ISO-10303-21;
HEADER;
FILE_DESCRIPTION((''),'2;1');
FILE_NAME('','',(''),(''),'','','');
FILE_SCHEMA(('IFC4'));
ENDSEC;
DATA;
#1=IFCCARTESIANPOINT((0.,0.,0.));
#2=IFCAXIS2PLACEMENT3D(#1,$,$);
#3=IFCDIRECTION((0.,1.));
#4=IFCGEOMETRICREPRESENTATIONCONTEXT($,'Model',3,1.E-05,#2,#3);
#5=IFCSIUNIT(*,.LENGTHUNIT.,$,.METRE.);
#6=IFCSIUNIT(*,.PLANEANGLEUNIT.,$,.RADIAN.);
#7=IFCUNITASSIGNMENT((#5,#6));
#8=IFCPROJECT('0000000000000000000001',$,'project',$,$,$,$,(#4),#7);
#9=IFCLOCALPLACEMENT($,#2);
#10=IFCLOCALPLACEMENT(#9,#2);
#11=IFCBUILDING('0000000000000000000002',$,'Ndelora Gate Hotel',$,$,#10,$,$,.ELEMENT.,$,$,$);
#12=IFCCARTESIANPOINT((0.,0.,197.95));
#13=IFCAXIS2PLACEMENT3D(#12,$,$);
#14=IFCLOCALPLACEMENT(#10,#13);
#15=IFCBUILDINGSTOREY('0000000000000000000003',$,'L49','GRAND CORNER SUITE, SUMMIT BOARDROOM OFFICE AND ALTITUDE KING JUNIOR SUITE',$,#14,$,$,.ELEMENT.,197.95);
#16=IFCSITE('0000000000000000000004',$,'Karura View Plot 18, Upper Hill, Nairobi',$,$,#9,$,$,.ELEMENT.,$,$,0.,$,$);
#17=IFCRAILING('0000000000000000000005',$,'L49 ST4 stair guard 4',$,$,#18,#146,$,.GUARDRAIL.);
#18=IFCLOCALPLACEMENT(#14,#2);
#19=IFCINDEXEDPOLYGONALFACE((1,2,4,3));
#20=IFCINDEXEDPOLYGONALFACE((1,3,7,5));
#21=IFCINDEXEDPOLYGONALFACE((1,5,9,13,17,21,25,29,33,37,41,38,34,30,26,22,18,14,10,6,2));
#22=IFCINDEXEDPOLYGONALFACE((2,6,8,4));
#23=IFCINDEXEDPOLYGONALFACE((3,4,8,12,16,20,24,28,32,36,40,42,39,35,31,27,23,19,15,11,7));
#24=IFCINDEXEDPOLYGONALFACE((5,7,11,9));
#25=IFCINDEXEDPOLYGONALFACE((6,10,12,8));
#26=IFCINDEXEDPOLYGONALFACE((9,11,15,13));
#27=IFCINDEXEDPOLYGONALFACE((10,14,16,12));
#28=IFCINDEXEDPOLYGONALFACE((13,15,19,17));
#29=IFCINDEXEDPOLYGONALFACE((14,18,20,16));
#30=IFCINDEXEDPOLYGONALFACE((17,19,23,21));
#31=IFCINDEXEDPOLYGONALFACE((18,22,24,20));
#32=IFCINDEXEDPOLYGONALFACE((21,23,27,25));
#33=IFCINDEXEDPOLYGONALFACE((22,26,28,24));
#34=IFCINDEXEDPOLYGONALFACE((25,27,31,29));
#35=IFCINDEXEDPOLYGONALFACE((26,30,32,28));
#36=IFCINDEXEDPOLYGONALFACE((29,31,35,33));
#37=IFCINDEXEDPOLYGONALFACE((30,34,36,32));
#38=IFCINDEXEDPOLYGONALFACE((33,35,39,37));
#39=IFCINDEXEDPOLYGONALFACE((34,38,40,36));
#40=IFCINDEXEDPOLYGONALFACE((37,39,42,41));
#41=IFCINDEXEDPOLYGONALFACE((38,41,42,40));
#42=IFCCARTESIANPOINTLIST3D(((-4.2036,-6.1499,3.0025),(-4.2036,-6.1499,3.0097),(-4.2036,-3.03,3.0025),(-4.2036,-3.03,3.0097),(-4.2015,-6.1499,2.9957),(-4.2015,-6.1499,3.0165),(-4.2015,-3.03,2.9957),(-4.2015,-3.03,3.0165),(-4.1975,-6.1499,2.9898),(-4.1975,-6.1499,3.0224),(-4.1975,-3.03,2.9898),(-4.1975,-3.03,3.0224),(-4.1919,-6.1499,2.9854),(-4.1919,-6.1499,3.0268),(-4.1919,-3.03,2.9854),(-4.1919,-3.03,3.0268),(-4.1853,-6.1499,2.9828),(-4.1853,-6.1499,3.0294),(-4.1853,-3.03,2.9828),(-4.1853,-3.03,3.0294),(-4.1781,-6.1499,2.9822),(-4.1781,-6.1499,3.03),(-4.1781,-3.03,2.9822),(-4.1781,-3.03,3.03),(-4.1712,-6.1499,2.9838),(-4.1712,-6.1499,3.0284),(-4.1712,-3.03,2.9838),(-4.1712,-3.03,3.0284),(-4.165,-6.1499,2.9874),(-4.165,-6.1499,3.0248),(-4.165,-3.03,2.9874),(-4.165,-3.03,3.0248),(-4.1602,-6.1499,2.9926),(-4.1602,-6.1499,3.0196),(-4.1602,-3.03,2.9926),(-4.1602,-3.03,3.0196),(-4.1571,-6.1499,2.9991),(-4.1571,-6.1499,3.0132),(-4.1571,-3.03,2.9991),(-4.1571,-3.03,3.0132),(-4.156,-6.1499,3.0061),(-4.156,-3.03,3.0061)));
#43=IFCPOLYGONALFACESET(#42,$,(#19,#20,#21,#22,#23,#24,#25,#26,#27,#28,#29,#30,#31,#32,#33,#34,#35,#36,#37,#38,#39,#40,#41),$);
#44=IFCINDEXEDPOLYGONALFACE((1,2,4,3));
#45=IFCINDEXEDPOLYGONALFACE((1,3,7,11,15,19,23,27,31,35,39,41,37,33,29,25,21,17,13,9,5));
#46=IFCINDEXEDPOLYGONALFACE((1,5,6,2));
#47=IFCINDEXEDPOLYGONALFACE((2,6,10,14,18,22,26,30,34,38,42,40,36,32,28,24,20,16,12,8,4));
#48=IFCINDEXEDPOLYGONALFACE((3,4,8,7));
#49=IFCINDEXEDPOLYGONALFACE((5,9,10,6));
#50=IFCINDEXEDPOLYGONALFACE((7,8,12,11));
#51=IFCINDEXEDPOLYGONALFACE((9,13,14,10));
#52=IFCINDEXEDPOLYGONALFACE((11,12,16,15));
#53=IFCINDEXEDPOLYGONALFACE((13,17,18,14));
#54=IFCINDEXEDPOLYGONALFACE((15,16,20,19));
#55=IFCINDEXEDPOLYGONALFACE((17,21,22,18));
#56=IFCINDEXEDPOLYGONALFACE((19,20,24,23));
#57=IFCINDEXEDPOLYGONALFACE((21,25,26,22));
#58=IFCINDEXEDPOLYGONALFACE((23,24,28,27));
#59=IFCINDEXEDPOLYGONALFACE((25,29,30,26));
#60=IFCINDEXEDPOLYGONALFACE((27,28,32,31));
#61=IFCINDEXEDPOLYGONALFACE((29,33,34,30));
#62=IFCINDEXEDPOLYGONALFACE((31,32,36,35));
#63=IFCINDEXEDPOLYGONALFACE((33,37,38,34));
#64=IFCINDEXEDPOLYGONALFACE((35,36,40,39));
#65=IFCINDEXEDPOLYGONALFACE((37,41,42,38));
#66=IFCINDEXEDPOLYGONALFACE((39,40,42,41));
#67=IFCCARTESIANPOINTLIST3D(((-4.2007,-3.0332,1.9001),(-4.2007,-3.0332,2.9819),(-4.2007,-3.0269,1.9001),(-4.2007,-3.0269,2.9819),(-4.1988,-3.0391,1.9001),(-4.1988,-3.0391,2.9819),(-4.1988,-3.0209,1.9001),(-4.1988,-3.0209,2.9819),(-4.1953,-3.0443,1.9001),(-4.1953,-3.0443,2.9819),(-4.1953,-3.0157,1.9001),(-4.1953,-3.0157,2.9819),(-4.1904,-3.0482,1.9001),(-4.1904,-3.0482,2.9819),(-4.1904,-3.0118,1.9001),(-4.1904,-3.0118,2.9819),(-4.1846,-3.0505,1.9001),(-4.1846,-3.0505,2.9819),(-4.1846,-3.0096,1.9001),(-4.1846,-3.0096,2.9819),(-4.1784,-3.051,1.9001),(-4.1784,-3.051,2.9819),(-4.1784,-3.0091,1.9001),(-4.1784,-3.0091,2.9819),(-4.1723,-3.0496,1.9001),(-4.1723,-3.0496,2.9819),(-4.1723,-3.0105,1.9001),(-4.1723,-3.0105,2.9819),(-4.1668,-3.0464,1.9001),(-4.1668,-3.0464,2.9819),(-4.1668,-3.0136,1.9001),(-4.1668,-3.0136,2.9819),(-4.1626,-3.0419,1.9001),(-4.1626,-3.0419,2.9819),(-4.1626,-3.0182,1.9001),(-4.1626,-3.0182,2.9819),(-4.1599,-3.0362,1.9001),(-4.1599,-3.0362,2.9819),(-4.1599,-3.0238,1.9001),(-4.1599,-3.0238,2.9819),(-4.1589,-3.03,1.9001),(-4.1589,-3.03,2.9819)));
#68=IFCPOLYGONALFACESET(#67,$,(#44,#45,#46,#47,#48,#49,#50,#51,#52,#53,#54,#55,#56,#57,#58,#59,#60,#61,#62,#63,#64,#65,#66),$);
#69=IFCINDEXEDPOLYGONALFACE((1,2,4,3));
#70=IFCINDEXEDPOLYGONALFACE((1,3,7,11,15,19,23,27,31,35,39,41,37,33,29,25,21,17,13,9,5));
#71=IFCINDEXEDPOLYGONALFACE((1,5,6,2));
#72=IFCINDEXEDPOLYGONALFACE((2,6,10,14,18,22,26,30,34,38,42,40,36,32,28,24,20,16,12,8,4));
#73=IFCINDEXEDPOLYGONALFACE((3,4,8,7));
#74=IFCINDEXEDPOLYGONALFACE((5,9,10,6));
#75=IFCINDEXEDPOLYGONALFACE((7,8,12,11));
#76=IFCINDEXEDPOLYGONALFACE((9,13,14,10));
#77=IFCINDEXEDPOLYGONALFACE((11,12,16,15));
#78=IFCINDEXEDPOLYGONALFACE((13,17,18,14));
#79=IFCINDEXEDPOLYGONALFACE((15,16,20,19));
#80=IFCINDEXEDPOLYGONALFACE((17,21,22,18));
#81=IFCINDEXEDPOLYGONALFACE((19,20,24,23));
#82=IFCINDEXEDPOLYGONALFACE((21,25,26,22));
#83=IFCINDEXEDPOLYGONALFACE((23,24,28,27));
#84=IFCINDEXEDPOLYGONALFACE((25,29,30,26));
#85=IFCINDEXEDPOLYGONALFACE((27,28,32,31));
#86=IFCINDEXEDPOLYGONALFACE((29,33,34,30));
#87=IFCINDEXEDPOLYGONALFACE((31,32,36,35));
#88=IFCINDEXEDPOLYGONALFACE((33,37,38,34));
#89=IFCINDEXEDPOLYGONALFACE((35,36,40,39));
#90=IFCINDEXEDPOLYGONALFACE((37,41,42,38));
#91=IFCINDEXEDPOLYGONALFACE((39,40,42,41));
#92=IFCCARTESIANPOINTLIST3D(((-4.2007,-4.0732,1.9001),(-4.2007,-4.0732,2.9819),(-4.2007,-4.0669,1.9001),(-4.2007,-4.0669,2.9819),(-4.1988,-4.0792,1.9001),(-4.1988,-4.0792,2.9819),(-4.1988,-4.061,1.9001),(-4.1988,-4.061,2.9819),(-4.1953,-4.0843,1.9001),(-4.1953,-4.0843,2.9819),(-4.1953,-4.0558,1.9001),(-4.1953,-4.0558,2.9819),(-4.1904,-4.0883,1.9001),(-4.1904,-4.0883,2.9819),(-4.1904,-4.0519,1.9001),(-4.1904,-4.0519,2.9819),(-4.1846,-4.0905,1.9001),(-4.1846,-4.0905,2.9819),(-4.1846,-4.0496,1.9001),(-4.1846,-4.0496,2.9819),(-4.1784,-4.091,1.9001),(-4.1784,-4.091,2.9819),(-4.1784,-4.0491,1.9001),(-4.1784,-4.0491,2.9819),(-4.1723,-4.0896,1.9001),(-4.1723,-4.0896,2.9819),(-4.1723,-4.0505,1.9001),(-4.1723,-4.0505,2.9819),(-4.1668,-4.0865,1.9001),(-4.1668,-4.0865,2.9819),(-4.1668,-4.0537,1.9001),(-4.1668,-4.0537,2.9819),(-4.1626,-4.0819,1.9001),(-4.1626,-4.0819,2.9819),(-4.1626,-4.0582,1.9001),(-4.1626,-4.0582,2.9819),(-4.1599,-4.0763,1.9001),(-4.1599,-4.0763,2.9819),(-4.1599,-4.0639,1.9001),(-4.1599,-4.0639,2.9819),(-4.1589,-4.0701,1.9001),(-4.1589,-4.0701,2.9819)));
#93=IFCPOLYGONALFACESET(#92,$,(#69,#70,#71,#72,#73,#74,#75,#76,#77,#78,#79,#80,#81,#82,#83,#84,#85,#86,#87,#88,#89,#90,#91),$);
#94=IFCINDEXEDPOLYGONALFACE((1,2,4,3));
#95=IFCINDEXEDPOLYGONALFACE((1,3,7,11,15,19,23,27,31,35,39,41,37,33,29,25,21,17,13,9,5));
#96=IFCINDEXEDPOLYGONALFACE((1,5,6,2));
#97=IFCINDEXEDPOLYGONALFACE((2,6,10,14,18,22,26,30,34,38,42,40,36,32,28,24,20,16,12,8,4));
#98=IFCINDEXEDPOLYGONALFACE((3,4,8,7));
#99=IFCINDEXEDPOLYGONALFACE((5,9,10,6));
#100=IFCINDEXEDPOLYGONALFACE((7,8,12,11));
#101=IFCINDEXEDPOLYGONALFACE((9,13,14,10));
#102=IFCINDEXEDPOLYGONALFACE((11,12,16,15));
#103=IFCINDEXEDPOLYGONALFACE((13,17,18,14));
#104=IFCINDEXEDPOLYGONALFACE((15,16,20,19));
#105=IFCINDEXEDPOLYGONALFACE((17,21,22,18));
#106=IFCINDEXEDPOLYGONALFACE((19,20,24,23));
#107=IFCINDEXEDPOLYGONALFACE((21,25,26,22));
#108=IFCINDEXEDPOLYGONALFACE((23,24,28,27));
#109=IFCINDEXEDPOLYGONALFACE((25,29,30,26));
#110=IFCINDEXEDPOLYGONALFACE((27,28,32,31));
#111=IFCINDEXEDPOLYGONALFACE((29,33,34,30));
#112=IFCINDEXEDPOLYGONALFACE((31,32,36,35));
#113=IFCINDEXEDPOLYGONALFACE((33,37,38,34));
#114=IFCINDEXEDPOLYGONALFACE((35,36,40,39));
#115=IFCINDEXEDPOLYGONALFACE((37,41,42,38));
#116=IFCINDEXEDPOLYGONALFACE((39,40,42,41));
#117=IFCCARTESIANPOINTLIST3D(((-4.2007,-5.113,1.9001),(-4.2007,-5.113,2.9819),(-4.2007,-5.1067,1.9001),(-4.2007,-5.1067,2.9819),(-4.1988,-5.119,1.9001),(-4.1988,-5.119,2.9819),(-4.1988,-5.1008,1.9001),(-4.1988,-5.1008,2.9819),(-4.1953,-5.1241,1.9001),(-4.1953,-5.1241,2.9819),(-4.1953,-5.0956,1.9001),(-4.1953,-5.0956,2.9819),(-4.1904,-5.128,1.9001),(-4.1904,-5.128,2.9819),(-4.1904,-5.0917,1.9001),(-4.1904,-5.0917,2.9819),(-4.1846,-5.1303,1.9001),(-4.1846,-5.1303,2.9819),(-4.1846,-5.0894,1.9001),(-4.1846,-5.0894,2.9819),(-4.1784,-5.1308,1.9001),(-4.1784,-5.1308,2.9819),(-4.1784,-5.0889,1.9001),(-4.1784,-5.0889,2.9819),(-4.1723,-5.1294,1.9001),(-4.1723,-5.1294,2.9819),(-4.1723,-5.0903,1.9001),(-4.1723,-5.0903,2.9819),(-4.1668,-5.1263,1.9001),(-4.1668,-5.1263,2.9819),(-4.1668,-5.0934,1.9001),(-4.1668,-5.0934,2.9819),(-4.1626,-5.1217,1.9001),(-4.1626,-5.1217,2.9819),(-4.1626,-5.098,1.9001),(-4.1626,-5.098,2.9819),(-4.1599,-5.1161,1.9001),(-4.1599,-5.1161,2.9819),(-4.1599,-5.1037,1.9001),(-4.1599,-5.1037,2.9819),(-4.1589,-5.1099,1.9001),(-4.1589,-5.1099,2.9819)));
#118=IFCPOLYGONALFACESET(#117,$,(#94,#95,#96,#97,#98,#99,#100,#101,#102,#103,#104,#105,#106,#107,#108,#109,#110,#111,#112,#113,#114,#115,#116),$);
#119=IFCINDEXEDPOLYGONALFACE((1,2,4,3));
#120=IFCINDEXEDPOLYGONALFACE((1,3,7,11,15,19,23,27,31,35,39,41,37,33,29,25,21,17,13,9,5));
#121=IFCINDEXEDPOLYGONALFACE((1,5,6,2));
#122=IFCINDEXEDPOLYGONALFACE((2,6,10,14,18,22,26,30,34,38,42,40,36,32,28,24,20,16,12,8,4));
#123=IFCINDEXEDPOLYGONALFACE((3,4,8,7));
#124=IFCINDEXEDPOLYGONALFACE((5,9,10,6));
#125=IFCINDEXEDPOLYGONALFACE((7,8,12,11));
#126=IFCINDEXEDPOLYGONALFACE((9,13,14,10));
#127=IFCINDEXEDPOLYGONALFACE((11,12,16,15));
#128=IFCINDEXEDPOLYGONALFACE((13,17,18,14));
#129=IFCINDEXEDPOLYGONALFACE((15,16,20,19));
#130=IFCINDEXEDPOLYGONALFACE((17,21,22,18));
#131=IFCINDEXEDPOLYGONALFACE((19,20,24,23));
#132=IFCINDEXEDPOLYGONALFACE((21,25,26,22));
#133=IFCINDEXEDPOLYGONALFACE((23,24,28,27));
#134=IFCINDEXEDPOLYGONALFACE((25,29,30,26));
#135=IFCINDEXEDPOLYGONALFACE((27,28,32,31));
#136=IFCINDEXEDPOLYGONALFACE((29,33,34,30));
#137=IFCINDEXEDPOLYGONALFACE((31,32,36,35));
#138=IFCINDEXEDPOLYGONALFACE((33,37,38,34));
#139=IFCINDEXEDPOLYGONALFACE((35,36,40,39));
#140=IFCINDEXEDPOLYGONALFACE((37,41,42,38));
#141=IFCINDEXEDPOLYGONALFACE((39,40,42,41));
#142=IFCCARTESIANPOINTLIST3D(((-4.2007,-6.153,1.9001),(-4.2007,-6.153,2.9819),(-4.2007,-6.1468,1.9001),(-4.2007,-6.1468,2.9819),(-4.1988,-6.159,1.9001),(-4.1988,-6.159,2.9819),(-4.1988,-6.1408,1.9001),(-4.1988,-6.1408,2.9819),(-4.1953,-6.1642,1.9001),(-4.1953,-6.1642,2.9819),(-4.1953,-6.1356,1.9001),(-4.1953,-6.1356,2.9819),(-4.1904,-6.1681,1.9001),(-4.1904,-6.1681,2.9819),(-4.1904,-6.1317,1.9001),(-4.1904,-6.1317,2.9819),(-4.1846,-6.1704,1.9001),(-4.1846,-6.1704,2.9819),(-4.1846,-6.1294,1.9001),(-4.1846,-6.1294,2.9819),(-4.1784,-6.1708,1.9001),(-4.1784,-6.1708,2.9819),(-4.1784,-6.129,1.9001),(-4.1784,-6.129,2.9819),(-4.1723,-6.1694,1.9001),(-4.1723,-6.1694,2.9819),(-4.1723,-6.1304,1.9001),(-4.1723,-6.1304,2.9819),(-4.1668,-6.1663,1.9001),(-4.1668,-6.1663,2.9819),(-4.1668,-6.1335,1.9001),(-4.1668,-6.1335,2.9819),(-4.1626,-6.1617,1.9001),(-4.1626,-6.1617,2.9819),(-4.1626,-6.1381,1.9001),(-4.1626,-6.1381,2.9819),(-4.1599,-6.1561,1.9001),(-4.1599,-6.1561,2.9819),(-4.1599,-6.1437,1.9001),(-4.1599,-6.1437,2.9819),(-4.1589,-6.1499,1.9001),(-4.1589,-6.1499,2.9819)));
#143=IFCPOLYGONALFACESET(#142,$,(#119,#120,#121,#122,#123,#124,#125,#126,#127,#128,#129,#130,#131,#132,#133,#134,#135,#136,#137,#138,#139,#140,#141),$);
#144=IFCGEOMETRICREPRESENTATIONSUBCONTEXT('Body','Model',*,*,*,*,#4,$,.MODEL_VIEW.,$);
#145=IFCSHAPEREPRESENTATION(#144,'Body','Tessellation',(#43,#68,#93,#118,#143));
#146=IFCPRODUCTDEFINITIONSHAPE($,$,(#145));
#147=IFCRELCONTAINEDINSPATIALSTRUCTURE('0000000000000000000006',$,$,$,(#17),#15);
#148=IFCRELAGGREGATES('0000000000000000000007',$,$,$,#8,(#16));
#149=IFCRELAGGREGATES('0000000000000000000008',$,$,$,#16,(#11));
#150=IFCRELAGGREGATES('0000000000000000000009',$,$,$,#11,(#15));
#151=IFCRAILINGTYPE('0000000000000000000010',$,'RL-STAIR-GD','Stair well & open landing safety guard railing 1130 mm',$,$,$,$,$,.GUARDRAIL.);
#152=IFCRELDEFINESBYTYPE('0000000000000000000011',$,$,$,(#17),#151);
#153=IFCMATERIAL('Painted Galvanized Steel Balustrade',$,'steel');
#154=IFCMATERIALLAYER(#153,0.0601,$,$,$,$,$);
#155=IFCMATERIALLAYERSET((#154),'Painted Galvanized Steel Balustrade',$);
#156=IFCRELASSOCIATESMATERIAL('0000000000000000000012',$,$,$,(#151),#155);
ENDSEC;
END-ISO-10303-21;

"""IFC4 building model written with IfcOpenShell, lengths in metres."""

from ifc_helpers import new_model, si_unit, direction, frame, origin, origin_2d, place, context, subcontext, project, spatial, circle, extrude, material, layer, layer_set, type_object, element, save


model = new_model("IFC4")

# Units and contexts
model_context = context("Model", 3, precision=1e-05, world=origin(), true_north=direction((0.0, 1.0)))
body_context = subcontext(model_context, "Body", "Model", "MODEL_VIEW")
ifc_project = project(units=[si_unit("LENGTHUNIT", "METRE"), si_unit("PLANEANGLEUNIT", "RADIAN")], contexts=[model_context])

# Site, building, storey
site_placement = place(None, origin())
site = spatial("IfcSite", under=ifc_project, at=site_placement, Name="Karura View Plot 18, Upper Hill, Nairobi", CompositionType="ELEMENT", RefElevation=0.0)
building_placement = place(site_placement, origin())
building = spatial("IfcBuilding", under=site, at=building_placement, Name="Ndelora Gate Hotel", CompositionType="ELEMENT")
storey_placement = place(building_placement, frame((0.0, 0.0, 197.95)))
storey = spatial("IfcBuildingStorey", under=building, at=storey_placement, Name="L49", Description="GRAND CORNER SUITE, SUMMIT BOARDROOM OFFICE AND ALTITUDE KING JUNIOR SUITE", CompositionType="ELEMENT", Elevation=197.95)

# Railing
ifc_material_1 = material(Name="Painted Galvanized Steel Balustrade", Category="steel")
ifc_layer_1 = layer(ifc_material_1, 0.0601)
ifc_layer_set_1 = layer_set([ifc_layer_1], Name="Painted Galvanized Steel Balustrade")
railing_type_1 = type_object("IfcRailingType", Name="RL-STAIR-GD", Description="Stair well & open landing safety guard railing 1130 mm", PredefinedType="GUARDRAIL", material=ifc_layer_set_1)
for number, where, name in (
    (1, (-4.1799, -3.03, 1.9001), "L49 ST4 stair guard 4"),
):
    element("IfcRailing", number, at=place(storey_placement, frame(where)), inside=storey, type_object=railing_type_1, Name=name, PredefinedType="GUARDRAIL", context=body_context, shape_type="SweptSolid", body=[
        extrude(circle(Radius=0.0239, at=origin_2d()), frame((0.0, 0.0, 1.106), z_axis=(0.0, -1.0, 0.0), x_axis=(1.0, 0.0, 0.0)), (0.0, 0.0, 1.0), 3.1199),
        extrude(circle(Radius=0.021, at=origin_2d()), origin(), (0.0, 0.0, 1.0), 1.0818),
        extrude(circle(Radius=0.021, at=origin_2d()), frame((0.0, -1.04, 0.0)), (0.0, 0.0, 1.0), 1.0818),
        extrude(circle(Radius=0.021, at=origin_2d()), frame((0.0, -2.0798, 0.0)), (0.0, 0.0, 1.0), 1.0818),
        extrude(circle(Radius=0.021, at=origin_2d()), frame((0.0, -3.1199, 0.0)), (0.0, 0.0, 1.0), 1.0818),
    ])

save(model, "model.ifc")
